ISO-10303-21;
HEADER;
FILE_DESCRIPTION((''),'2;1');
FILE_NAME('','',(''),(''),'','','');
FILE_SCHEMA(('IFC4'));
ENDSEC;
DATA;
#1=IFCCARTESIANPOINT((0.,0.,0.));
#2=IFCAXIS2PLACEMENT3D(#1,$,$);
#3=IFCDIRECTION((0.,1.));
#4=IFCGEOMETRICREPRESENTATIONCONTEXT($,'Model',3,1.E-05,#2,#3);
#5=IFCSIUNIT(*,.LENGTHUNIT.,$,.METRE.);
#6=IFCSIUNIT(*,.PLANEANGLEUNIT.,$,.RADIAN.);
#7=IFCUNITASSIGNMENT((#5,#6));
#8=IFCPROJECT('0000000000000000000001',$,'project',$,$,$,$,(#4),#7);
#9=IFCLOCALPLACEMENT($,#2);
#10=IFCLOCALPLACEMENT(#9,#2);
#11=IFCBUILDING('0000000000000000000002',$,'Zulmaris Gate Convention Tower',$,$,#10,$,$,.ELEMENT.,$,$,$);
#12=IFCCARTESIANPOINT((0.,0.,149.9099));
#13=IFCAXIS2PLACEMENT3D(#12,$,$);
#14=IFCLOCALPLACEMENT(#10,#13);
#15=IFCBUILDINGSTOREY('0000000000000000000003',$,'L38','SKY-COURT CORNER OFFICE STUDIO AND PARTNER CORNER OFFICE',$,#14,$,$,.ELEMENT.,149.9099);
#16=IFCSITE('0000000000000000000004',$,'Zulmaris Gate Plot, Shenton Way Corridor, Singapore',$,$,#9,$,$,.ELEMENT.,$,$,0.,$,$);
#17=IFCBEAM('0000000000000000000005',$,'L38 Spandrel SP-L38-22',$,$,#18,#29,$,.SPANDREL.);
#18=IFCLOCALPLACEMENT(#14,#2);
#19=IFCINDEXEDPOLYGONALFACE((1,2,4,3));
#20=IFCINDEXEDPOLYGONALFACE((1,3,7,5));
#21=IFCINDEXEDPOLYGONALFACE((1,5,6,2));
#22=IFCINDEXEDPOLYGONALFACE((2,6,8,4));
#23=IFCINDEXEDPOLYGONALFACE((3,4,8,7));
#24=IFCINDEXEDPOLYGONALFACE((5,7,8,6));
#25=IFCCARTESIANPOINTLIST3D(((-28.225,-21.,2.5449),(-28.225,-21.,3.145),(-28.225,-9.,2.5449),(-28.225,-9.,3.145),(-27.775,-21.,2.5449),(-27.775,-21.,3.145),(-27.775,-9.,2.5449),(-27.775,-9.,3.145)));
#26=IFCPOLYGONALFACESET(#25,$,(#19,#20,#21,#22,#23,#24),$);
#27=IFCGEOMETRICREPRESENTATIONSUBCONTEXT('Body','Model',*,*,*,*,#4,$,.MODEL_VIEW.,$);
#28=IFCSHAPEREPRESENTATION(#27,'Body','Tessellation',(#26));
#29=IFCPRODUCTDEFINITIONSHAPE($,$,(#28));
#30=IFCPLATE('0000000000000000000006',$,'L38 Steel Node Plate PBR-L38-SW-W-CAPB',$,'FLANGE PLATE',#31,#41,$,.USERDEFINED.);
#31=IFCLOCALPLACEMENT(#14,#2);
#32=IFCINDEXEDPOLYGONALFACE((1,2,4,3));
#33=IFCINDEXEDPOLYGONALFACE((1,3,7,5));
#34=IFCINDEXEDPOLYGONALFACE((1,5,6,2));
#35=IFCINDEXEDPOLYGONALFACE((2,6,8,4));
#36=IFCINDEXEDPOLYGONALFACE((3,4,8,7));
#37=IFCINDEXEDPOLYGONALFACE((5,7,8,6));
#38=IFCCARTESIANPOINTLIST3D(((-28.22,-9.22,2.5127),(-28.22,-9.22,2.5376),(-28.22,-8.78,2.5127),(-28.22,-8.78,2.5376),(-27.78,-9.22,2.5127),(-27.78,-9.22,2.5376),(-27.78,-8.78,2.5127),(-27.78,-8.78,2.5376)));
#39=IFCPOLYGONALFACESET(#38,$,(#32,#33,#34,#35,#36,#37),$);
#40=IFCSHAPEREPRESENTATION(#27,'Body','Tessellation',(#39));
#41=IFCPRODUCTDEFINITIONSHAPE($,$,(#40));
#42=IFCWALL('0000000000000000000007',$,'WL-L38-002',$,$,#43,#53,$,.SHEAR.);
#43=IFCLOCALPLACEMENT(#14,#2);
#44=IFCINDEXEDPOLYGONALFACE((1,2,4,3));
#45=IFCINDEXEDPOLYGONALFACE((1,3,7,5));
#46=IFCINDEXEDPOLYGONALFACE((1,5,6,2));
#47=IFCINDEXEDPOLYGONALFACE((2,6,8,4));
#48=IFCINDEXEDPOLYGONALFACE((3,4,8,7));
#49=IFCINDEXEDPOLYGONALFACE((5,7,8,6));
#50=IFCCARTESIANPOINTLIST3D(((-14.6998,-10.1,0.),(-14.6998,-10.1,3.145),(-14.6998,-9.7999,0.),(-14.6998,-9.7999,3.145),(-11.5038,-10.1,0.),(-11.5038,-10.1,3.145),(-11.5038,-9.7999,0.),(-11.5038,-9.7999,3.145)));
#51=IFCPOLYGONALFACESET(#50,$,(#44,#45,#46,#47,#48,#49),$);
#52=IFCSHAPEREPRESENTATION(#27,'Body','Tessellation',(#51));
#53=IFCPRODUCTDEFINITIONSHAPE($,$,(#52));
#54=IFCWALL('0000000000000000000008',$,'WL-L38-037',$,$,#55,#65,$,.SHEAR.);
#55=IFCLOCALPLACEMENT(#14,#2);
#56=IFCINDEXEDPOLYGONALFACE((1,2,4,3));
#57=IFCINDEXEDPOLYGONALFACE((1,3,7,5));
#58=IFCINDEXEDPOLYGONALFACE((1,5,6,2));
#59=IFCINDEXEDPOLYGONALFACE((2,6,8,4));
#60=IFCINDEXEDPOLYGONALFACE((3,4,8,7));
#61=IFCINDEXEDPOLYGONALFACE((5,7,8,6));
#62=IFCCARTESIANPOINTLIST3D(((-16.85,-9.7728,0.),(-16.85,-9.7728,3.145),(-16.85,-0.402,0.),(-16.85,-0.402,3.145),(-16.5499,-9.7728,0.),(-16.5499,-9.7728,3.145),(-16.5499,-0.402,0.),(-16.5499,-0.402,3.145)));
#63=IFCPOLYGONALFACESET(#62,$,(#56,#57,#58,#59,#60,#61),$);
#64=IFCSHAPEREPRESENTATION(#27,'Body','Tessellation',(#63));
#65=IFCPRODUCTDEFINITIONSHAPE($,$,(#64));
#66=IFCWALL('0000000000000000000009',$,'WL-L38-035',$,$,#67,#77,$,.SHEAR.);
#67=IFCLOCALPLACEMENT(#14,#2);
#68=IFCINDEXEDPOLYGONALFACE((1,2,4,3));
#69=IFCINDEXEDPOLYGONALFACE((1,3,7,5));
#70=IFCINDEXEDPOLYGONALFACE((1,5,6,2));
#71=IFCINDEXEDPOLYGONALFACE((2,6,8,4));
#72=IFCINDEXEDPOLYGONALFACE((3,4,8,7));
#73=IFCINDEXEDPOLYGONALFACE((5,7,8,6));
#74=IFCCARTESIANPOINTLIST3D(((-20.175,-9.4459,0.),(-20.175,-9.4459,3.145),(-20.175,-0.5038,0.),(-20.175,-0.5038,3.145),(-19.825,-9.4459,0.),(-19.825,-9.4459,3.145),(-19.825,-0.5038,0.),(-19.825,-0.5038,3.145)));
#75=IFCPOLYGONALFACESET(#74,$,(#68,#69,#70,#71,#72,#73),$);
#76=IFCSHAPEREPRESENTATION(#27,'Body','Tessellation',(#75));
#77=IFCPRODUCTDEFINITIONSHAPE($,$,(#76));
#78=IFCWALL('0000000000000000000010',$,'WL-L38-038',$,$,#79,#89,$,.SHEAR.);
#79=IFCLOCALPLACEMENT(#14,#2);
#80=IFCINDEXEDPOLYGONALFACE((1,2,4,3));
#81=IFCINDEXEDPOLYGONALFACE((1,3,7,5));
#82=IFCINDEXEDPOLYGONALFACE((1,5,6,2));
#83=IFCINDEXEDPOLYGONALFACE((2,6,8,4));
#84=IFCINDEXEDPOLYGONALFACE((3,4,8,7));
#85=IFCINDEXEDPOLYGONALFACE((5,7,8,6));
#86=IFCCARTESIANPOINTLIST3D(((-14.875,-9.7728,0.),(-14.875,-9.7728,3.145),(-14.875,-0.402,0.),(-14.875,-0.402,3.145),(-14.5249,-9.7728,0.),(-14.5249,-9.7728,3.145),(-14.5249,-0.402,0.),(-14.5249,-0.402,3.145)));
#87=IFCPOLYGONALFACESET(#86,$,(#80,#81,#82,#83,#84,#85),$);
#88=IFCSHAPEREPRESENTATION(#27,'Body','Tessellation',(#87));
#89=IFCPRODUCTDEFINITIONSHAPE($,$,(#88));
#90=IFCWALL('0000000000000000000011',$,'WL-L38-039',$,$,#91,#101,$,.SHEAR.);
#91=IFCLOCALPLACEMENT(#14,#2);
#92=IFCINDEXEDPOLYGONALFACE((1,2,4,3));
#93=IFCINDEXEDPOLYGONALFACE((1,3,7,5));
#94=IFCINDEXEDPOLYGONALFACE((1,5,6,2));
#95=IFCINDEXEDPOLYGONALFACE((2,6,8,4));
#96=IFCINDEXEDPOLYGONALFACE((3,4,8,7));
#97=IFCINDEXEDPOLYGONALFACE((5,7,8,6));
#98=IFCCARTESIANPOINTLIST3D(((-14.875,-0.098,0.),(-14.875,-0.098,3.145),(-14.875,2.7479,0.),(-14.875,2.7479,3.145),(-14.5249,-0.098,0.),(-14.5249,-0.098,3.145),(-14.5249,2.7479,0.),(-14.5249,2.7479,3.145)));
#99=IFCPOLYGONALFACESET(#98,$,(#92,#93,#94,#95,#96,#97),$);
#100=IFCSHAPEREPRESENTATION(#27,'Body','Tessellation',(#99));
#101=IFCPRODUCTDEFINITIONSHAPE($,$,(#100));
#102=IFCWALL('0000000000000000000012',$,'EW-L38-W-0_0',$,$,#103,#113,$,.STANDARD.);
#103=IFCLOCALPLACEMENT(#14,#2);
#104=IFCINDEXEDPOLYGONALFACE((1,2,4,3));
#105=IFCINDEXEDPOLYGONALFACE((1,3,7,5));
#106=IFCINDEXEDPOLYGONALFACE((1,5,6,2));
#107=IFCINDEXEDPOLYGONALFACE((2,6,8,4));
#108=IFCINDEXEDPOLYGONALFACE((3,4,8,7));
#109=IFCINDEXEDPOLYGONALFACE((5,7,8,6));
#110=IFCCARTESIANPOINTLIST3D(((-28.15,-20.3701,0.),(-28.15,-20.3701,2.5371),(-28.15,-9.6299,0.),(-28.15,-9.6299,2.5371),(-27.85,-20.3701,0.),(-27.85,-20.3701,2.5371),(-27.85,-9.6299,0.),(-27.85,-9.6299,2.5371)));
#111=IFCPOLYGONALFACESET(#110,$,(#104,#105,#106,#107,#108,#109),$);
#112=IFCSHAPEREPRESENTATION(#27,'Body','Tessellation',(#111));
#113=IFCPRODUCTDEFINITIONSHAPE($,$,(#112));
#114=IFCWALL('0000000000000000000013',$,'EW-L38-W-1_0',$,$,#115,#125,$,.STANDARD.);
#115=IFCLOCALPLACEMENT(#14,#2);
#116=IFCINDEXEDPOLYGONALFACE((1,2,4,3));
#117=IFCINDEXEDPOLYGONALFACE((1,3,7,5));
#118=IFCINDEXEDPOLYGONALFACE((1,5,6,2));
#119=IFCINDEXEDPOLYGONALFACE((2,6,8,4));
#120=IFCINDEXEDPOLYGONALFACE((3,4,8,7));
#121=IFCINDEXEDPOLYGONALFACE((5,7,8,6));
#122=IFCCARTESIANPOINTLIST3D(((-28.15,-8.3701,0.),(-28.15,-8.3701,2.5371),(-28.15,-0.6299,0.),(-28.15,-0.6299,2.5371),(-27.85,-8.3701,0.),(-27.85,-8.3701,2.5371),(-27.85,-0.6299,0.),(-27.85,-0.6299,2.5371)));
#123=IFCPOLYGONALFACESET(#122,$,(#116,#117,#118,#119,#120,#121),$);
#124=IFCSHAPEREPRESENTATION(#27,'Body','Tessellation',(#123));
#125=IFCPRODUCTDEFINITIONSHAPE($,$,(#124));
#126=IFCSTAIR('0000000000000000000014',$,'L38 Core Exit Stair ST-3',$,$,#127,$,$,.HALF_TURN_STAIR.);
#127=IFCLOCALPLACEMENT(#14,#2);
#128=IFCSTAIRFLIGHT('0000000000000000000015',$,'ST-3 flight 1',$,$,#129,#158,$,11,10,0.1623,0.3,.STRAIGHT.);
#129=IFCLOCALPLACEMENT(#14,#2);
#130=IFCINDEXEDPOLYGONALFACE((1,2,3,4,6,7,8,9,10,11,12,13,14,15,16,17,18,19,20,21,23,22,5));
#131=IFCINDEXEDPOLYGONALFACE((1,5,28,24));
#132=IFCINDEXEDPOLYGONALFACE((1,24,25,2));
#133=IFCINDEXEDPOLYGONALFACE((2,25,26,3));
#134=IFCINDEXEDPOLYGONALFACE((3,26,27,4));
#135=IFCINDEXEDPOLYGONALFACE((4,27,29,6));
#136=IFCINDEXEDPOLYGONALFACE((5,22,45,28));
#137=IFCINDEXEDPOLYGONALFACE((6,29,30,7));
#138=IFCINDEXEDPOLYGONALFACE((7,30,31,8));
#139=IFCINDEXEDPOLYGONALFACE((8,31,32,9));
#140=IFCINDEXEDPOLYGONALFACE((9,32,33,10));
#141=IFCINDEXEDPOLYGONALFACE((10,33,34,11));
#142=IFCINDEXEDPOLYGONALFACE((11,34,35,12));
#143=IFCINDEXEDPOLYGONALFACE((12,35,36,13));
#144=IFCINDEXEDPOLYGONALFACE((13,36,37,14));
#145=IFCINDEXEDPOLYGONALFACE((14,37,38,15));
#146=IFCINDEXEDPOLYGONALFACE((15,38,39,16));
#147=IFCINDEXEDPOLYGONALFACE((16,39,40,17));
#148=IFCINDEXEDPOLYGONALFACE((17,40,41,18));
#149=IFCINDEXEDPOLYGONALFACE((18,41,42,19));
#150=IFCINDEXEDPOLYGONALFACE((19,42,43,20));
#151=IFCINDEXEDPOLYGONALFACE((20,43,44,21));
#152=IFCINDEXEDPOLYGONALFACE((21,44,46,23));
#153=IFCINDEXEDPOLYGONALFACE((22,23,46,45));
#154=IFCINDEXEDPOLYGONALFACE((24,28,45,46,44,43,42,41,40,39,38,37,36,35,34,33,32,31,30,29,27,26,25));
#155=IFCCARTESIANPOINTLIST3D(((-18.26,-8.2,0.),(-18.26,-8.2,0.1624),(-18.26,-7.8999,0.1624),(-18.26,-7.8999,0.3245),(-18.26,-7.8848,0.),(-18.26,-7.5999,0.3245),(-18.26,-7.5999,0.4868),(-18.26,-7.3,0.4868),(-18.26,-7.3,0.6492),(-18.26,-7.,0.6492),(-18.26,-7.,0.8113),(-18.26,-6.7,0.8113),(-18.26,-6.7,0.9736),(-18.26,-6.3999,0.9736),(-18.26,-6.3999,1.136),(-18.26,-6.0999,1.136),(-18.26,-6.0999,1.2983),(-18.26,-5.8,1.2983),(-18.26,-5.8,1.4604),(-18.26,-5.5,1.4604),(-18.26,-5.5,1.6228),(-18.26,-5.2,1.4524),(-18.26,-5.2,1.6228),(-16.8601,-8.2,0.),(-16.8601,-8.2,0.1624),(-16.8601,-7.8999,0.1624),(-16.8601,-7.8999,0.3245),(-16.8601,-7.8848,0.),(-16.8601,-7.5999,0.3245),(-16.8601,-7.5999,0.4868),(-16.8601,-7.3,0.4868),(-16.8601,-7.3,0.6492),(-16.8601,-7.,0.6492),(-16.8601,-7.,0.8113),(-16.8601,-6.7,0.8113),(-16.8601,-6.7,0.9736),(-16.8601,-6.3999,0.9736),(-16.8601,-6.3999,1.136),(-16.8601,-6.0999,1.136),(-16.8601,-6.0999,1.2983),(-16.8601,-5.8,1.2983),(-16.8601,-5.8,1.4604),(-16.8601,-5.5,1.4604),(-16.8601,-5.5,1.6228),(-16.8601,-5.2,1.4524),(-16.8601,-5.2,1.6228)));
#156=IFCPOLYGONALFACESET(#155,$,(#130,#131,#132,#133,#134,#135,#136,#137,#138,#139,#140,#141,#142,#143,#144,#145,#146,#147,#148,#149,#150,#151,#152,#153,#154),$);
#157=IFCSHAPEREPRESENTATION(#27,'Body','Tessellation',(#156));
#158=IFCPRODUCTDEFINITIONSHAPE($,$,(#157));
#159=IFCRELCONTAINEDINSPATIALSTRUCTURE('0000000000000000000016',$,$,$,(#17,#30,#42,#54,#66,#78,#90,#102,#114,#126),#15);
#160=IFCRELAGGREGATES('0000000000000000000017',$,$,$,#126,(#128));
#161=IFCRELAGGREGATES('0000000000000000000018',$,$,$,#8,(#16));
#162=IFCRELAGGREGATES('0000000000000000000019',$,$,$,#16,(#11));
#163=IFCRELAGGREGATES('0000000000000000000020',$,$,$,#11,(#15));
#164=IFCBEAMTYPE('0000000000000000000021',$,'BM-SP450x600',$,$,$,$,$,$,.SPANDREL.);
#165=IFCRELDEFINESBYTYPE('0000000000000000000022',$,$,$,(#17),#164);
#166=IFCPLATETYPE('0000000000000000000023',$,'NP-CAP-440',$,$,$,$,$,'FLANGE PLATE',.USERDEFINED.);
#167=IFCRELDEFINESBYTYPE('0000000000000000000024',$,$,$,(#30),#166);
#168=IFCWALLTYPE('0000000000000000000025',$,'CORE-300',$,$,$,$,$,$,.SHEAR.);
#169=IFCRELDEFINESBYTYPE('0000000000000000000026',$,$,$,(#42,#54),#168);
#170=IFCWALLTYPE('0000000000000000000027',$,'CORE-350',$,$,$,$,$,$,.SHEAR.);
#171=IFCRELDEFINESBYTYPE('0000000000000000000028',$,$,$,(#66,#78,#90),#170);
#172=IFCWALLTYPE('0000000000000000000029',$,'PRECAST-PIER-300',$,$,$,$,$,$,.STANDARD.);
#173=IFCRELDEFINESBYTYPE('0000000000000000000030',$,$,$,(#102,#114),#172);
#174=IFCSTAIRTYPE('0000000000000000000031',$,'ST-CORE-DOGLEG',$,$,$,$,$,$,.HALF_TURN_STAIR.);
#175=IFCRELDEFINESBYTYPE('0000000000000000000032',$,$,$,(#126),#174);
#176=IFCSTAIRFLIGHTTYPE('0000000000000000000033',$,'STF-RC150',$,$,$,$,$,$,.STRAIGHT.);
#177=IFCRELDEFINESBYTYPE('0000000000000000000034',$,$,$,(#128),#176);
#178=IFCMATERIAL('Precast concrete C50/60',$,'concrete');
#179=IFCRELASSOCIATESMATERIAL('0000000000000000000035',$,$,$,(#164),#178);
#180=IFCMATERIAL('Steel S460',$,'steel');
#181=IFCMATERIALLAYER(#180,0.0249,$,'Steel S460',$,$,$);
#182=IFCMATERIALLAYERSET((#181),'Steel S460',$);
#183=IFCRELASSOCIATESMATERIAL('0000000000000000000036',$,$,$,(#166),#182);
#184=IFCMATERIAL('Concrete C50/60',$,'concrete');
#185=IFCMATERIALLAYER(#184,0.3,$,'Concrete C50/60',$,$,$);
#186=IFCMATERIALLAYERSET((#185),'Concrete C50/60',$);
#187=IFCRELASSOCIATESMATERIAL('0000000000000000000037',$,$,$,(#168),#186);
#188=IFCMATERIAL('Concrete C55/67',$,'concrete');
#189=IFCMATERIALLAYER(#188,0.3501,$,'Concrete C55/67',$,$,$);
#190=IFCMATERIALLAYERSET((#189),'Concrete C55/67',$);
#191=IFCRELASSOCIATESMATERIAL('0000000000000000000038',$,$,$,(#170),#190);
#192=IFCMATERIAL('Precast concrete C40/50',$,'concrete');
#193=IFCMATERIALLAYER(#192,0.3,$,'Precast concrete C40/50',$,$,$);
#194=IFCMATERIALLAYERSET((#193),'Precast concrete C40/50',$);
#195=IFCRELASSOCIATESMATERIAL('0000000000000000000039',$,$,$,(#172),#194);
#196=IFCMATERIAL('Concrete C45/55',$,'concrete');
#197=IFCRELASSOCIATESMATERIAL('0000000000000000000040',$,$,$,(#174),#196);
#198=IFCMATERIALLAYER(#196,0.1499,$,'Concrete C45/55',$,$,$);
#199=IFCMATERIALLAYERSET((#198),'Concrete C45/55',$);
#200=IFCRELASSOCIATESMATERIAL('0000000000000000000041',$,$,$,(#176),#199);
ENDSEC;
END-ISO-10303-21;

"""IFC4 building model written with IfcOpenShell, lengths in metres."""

from ifc_helpers import new_model, si_unit, direction, frame, frame_2d, origin, origin_2d, place, context, subcontext, project, spatial, polyline, rectangle, outline, extrude, material, layer, layer_set, material_profile, profile_set, type_object, element, aggregate, save


model = new_model("IFC4")

# Units and contexts
model_context = context("Model", 3, precision=1e-05, world=origin(), true_north=direction((0.0, 1.0)))
body_context = subcontext(model_context, "Body", "Model", "MODEL_VIEW")
ifc_project = project(units=[si_unit("LENGTHUNIT", "METRE"), si_unit("PLANEANGLEUNIT", "RADIAN")], contexts=[model_context])

# Site, building, storey
site_placement = place(None, origin())
site = spatial("IfcSite", under=ifc_project, at=site_placement, Name="Zulmaris Gate Plot, Shenton Way Corridor, Singapore", CompositionType="ELEMENT", RefElevation=0.0)
building_placement = place(site_placement, origin())
building = spatial("IfcBuilding", under=site, at=building_placement, Name="Zulmaris Gate Convention Tower", CompositionType="ELEMENT")
storey_placement = place(building_placement, frame((0.0, 0.0, 149.9099)))
storey = spatial("IfcBuildingStorey", under=building, at=storey_placement, Name="L38", Description="SKY-COURT CORNER OFFICE STUDIO AND PARTNER CORNER OFFICE", CompositionType="ELEMENT", Elevation=149.9099)

# Beam
ifc_material_1 = material(Name="Precast concrete C50/60", Category="concrete")
ifc_material_profile_1 = material_profile(ifc_material_1, rectangle(XDim=0.45, YDim=0.6001, at=origin_2d()), Name="RC SPANDREL 450x600")
ifc_profile_set_1 = profile_set([ifc_material_profile_1], Name="Precast concrete C50/60")
beam_type_1 = type_object("IfcBeamType", Name="BM-SP450x600", PredefinedType="SPANDREL", material=ifc_profile_set_1)
beam_1_placement = place(storey_placement, frame((-28.0, -9.0, 2.845), z_axis=(0.0, -1.0, 0.0), x_axis=(1.0, 0.0, 0.0)))
element("IfcBeam", 1, at=beam_1_placement, inside=storey, type_object=beam_type_1, Name="L38 Spandrel SP-L38-22", PredefinedType="SPANDREL", context=body_context, shape_type="SweptSolid", body=[
    extrude(rectangle(XDim=0.45, YDim=0.6001, at=origin_2d()), origin(), (0.0, 0.0, 1.0), 12.0),
])

# Plate
ifc_material_2 = material(Name="Steel S460", Category="steel")
ifc_layer_1 = layer(ifc_material_2, 0.0249, Name="Steel S460")
ifc_layer_set_1 = layer_set([ifc_layer_1], Name="Steel S460")
plate_type = type_object("IfcPlateType", Name="NP-CAP-440", ElementType="FLANGE PLATE", PredefinedType="USERDEFINED", material=ifc_layer_set_1)
plate_placement = place(storey_placement, frame((-28.0, -9.0, 2.5127), z_axis=(0.0, 0.0, 1.0), x_axis=(1.0, 0.0, 0.0)))
element("IfcPlate", 2, at=plate_placement, inside=storey, type_object=plate_type, Name="L38 Steel Node Plate PBR-L38-SW-W-CAPB", ObjectType="FLANGE PLATE", PredefinedType="USERDEFINED", context=body_context, shape_type="SweptSolid", body=[
    extrude(rectangle(XDim=0.4399, YDim=0.4399, at=origin_2d()), origin(), (0.0, 0.0, 1.0), 0.0249),
])

# Wall
ifc_material_3 = material(Name="Concrete C50/60", Category="concrete")
ifc_layer_2 = layer(ifc_material_3, 0.3, Name="Concrete C50/60")
ifc_layer_set_2 = layer_set([ifc_layer_2], Name="Concrete C50/60")
wall_type_1 = type_object("IfcWallType", Name="CORE-300", PredefinedType="SHEAR", material=ifc_layer_set_2)
wall_1_placement = place(storey_placement, frame((-14.7, -9.95, 0.0), z_axis=(0.0, 0.0, 1.0), x_axis=(1.0, 0.0, 0.0)))
element("IfcWall", 3, at=wall_1_placement, inside=storey, type_object=wall_type_1, Name="WL-L38-002", PredefinedType="SHEAR", context=body_context, shape_type="SweptSolid", body=[
    extrude(rectangle(XDim=3.196, YDim=0.3, at=frame_2d((1.5981, 0.0))), origin(), (0.0, 0.0, 1.0), 3.145),
])

# Walls
wall_2_placement = place(storey_placement, frame((-16.7, -9.7729, 0.0), z_axis=(0.0, 0.0, 1.0), x_axis=(0.0, 1.0, 0.0)))
element("IfcWall", 4, at=wall_2_placement, inside=storey, type_object=wall_type_1, Name="WL-L38-037", PredefinedType="SHEAR", context=body_context, shape_type="SweptSolid", body=[
    extrude(rectangle(XDim=9.3708, YDim=0.3, at=frame_2d((4.6855, 0.0))), origin(), (0.0, 0.0, 1.0), 3.145),
])
ifc_material_4 = material(Name="Concrete C55/67", Category="concrete")
ifc_layer_3 = layer(ifc_material_4, 0.3501, Name="Concrete C55/67")
ifc_layer_set_3 = layer_set([ifc_layer_3], Name="Concrete C55/67")
wall_type_2 = type_object("IfcWallType", Name="CORE-350", PredefinedType="SHEAR", material=ifc_layer_set_3)
wall_3_placement = place(storey_placement, frame((-20.0, -9.446, 0.0), z_axis=(0.0, 0.0, 1.0), x_axis=(0.0, 1.0, 0.0)))
element("IfcWall", 5, at=wall_3_placement, inside=storey, type_object=wall_type_2, Name="WL-L38-035", PredefinedType="SHEAR", context=body_context, shape_type="SweptSolid", body=[
    extrude(rectangle(XDim=8.9421, YDim=0.3501, at=frame_2d((4.4712, 0.0))), origin(), (0.0, 0.0, 1.0), 3.145),
])
wall_4_placement = place(storey_placement, frame((-14.7, -9.7729, 0.0), z_axis=(0.0, 0.0, 1.0), x_axis=(0.0, 1.0, 0.0)))
element("IfcWall", 6, at=wall_4_placement, inside=storey, type_object=wall_type_2, Name="WL-L38-038", PredefinedType="SHEAR", context=body_context, shape_type="SweptSolid", body=[
    extrude(rectangle(XDim=9.3708, YDim=0.3501, at=frame_2d((4.6855, 0.0))), origin(), (0.0, 0.0, 1.0), 3.145),
])
wall_5_placement = place(storey_placement, frame((-14.7, -0.0979, 0.0), z_axis=(0.0, 0.0, 1.0), x_axis=(0.0, 1.0, 0.0)))
element("IfcWall", 7, at=wall_5_placement, inside=storey, type_object=wall_type_2, Name="WL-L38-039", PredefinedType="SHEAR", context=body_context, shape_type="SweptSolid", body=[
    extrude(rectangle(XDim=2.8459, YDim=0.3501, at=frame_2d((1.4229, 0.0))), origin(), (0.0, 0.0, 1.0), 3.145),
])
ifc_material_5 = material(Name="Precast concrete C40/50", Category="concrete")
ifc_layer_4 = layer(ifc_material_5, 0.3, Name="Precast concrete C40/50")
ifc_layer_set_4 = layer_set([ifc_layer_4], Name="Precast concrete C40/50")
wall_type_3 = type_object("IfcWallType", Name="PRECAST-PIER-300", PredefinedType="STANDARD", material=ifc_layer_set_4)
wall_6_placement = place(storey_placement, frame((-28.0, -9.6299, 0.0), z_axis=(0.0, 0.0, 1.0), x_axis=(0.0, -1.0, 0.0)))
element("IfcWall", 8, at=wall_6_placement, inside=storey, type_object=wall_type_3, Name="EW-L38-W-0_0", PredefinedType="STANDARD", context=body_context, shape_type="SweptSolid", body=[
    extrude(rectangle(XDim=10.7402, YDim=0.3, at=frame_2d((5.3701, 0.0))), origin(), (0.0, 0.0, 1.0), 2.5371),
])
wall_7_placement = place(storey_placement, frame((-28.0, -0.6299, 0.0), z_axis=(0.0, 0.0, 1.0), x_axis=(0.0, -1.0, 0.0)))
element("IfcWall", 9, at=wall_7_placement, inside=storey, type_object=wall_type_3, Name="EW-L38-W-1_0", PredefinedType="STANDARD", context=body_context, shape_type="SweptSolid", body=[
    extrude(rectangle(XDim=7.7402, YDim=0.3, at=frame_2d((3.8701, 0.0))), origin(), (0.0, 0.0, 1.0), 2.5371),
])

# Stair, stair flight
ifc_material_6 = material(Name="Concrete C45/55", Category="concrete")
stair_type = type_object("IfcStairType", Name="ST-CORE-DOGLEG", PredefinedType="HALF_TURN_STAIR", material=ifc_material_6)
stair_placement = place(storey_placement, origin())
stair = element("IfcStair", 10, at=stair_placement, inside=storey, type_object=stair_type, Name="L38 Core Exit Stair ST-3", PredefinedType="HALF_TURN_STAIR")
ifc_layer_5 = layer(ifc_material_6, 0.1499, Name="Concrete C45/55")
ifc_layer_set_5 = layer_set([ifc_layer_5], Name="Concrete C45/55")
stair_flight_type = type_object("IfcStairFlightType", Name="STF-RC150", PredefinedType="STRAIGHT", material=ifc_layer_set_5)
stair_flight_1_placement = place(storey_placement, frame((-17.5601, -8.2, 0.0), z_axis=(0.0, 0.0, 1.0), x_axis=(0.0, 1.0, 0.0)))
stair_flight_1 = element("IfcStairFlight", 11, at=stair_flight_1_placement, type_object=stair_flight_type, Name="ST-3 flight 1", NumberOfRisers=11, NumberOfTreads=10, PredefinedType="STRAIGHT", RiserHeight=0.1623, TreadLength=0.3, context=body_context, shape_type="SweptSolid", body=[
    extrude(outline(polyline([(0.0, 0.0), (0.0, 0.1624), (0.3, 0.1624), (0.3, 0.3245), (0.6001, 0.3245), (0.6001, 0.4868), (0.8999, 0.4868), (0.8999, 0.6492), (1.2, 0.6492), (1.2, 0.8113), (1.5, 0.8113), (1.5, 0.9736), (1.8, 0.9736), (1.8, 1.136), (2.1001, 1.136), (2.1001, 1.2983), (2.3999, 1.2983), (2.3999, 1.4604), (2.7, 1.4604), (2.7, 1.6228), (3.0, 1.6228), (3.0, 1.7852), (3.0, 1.4524), (0.3152, 0.0), (0.0, 0.0)])), frame((0.0, 0.7, 0.0), z_axis=(0.0, -1.0, 0.0), x_axis=(1.0, 0.0, 0.0)), (0.0, 0.0, 1.0), 1.3999),
])
aggregate(stair, [stair_flight_1])

save(model, "model.ifc")
